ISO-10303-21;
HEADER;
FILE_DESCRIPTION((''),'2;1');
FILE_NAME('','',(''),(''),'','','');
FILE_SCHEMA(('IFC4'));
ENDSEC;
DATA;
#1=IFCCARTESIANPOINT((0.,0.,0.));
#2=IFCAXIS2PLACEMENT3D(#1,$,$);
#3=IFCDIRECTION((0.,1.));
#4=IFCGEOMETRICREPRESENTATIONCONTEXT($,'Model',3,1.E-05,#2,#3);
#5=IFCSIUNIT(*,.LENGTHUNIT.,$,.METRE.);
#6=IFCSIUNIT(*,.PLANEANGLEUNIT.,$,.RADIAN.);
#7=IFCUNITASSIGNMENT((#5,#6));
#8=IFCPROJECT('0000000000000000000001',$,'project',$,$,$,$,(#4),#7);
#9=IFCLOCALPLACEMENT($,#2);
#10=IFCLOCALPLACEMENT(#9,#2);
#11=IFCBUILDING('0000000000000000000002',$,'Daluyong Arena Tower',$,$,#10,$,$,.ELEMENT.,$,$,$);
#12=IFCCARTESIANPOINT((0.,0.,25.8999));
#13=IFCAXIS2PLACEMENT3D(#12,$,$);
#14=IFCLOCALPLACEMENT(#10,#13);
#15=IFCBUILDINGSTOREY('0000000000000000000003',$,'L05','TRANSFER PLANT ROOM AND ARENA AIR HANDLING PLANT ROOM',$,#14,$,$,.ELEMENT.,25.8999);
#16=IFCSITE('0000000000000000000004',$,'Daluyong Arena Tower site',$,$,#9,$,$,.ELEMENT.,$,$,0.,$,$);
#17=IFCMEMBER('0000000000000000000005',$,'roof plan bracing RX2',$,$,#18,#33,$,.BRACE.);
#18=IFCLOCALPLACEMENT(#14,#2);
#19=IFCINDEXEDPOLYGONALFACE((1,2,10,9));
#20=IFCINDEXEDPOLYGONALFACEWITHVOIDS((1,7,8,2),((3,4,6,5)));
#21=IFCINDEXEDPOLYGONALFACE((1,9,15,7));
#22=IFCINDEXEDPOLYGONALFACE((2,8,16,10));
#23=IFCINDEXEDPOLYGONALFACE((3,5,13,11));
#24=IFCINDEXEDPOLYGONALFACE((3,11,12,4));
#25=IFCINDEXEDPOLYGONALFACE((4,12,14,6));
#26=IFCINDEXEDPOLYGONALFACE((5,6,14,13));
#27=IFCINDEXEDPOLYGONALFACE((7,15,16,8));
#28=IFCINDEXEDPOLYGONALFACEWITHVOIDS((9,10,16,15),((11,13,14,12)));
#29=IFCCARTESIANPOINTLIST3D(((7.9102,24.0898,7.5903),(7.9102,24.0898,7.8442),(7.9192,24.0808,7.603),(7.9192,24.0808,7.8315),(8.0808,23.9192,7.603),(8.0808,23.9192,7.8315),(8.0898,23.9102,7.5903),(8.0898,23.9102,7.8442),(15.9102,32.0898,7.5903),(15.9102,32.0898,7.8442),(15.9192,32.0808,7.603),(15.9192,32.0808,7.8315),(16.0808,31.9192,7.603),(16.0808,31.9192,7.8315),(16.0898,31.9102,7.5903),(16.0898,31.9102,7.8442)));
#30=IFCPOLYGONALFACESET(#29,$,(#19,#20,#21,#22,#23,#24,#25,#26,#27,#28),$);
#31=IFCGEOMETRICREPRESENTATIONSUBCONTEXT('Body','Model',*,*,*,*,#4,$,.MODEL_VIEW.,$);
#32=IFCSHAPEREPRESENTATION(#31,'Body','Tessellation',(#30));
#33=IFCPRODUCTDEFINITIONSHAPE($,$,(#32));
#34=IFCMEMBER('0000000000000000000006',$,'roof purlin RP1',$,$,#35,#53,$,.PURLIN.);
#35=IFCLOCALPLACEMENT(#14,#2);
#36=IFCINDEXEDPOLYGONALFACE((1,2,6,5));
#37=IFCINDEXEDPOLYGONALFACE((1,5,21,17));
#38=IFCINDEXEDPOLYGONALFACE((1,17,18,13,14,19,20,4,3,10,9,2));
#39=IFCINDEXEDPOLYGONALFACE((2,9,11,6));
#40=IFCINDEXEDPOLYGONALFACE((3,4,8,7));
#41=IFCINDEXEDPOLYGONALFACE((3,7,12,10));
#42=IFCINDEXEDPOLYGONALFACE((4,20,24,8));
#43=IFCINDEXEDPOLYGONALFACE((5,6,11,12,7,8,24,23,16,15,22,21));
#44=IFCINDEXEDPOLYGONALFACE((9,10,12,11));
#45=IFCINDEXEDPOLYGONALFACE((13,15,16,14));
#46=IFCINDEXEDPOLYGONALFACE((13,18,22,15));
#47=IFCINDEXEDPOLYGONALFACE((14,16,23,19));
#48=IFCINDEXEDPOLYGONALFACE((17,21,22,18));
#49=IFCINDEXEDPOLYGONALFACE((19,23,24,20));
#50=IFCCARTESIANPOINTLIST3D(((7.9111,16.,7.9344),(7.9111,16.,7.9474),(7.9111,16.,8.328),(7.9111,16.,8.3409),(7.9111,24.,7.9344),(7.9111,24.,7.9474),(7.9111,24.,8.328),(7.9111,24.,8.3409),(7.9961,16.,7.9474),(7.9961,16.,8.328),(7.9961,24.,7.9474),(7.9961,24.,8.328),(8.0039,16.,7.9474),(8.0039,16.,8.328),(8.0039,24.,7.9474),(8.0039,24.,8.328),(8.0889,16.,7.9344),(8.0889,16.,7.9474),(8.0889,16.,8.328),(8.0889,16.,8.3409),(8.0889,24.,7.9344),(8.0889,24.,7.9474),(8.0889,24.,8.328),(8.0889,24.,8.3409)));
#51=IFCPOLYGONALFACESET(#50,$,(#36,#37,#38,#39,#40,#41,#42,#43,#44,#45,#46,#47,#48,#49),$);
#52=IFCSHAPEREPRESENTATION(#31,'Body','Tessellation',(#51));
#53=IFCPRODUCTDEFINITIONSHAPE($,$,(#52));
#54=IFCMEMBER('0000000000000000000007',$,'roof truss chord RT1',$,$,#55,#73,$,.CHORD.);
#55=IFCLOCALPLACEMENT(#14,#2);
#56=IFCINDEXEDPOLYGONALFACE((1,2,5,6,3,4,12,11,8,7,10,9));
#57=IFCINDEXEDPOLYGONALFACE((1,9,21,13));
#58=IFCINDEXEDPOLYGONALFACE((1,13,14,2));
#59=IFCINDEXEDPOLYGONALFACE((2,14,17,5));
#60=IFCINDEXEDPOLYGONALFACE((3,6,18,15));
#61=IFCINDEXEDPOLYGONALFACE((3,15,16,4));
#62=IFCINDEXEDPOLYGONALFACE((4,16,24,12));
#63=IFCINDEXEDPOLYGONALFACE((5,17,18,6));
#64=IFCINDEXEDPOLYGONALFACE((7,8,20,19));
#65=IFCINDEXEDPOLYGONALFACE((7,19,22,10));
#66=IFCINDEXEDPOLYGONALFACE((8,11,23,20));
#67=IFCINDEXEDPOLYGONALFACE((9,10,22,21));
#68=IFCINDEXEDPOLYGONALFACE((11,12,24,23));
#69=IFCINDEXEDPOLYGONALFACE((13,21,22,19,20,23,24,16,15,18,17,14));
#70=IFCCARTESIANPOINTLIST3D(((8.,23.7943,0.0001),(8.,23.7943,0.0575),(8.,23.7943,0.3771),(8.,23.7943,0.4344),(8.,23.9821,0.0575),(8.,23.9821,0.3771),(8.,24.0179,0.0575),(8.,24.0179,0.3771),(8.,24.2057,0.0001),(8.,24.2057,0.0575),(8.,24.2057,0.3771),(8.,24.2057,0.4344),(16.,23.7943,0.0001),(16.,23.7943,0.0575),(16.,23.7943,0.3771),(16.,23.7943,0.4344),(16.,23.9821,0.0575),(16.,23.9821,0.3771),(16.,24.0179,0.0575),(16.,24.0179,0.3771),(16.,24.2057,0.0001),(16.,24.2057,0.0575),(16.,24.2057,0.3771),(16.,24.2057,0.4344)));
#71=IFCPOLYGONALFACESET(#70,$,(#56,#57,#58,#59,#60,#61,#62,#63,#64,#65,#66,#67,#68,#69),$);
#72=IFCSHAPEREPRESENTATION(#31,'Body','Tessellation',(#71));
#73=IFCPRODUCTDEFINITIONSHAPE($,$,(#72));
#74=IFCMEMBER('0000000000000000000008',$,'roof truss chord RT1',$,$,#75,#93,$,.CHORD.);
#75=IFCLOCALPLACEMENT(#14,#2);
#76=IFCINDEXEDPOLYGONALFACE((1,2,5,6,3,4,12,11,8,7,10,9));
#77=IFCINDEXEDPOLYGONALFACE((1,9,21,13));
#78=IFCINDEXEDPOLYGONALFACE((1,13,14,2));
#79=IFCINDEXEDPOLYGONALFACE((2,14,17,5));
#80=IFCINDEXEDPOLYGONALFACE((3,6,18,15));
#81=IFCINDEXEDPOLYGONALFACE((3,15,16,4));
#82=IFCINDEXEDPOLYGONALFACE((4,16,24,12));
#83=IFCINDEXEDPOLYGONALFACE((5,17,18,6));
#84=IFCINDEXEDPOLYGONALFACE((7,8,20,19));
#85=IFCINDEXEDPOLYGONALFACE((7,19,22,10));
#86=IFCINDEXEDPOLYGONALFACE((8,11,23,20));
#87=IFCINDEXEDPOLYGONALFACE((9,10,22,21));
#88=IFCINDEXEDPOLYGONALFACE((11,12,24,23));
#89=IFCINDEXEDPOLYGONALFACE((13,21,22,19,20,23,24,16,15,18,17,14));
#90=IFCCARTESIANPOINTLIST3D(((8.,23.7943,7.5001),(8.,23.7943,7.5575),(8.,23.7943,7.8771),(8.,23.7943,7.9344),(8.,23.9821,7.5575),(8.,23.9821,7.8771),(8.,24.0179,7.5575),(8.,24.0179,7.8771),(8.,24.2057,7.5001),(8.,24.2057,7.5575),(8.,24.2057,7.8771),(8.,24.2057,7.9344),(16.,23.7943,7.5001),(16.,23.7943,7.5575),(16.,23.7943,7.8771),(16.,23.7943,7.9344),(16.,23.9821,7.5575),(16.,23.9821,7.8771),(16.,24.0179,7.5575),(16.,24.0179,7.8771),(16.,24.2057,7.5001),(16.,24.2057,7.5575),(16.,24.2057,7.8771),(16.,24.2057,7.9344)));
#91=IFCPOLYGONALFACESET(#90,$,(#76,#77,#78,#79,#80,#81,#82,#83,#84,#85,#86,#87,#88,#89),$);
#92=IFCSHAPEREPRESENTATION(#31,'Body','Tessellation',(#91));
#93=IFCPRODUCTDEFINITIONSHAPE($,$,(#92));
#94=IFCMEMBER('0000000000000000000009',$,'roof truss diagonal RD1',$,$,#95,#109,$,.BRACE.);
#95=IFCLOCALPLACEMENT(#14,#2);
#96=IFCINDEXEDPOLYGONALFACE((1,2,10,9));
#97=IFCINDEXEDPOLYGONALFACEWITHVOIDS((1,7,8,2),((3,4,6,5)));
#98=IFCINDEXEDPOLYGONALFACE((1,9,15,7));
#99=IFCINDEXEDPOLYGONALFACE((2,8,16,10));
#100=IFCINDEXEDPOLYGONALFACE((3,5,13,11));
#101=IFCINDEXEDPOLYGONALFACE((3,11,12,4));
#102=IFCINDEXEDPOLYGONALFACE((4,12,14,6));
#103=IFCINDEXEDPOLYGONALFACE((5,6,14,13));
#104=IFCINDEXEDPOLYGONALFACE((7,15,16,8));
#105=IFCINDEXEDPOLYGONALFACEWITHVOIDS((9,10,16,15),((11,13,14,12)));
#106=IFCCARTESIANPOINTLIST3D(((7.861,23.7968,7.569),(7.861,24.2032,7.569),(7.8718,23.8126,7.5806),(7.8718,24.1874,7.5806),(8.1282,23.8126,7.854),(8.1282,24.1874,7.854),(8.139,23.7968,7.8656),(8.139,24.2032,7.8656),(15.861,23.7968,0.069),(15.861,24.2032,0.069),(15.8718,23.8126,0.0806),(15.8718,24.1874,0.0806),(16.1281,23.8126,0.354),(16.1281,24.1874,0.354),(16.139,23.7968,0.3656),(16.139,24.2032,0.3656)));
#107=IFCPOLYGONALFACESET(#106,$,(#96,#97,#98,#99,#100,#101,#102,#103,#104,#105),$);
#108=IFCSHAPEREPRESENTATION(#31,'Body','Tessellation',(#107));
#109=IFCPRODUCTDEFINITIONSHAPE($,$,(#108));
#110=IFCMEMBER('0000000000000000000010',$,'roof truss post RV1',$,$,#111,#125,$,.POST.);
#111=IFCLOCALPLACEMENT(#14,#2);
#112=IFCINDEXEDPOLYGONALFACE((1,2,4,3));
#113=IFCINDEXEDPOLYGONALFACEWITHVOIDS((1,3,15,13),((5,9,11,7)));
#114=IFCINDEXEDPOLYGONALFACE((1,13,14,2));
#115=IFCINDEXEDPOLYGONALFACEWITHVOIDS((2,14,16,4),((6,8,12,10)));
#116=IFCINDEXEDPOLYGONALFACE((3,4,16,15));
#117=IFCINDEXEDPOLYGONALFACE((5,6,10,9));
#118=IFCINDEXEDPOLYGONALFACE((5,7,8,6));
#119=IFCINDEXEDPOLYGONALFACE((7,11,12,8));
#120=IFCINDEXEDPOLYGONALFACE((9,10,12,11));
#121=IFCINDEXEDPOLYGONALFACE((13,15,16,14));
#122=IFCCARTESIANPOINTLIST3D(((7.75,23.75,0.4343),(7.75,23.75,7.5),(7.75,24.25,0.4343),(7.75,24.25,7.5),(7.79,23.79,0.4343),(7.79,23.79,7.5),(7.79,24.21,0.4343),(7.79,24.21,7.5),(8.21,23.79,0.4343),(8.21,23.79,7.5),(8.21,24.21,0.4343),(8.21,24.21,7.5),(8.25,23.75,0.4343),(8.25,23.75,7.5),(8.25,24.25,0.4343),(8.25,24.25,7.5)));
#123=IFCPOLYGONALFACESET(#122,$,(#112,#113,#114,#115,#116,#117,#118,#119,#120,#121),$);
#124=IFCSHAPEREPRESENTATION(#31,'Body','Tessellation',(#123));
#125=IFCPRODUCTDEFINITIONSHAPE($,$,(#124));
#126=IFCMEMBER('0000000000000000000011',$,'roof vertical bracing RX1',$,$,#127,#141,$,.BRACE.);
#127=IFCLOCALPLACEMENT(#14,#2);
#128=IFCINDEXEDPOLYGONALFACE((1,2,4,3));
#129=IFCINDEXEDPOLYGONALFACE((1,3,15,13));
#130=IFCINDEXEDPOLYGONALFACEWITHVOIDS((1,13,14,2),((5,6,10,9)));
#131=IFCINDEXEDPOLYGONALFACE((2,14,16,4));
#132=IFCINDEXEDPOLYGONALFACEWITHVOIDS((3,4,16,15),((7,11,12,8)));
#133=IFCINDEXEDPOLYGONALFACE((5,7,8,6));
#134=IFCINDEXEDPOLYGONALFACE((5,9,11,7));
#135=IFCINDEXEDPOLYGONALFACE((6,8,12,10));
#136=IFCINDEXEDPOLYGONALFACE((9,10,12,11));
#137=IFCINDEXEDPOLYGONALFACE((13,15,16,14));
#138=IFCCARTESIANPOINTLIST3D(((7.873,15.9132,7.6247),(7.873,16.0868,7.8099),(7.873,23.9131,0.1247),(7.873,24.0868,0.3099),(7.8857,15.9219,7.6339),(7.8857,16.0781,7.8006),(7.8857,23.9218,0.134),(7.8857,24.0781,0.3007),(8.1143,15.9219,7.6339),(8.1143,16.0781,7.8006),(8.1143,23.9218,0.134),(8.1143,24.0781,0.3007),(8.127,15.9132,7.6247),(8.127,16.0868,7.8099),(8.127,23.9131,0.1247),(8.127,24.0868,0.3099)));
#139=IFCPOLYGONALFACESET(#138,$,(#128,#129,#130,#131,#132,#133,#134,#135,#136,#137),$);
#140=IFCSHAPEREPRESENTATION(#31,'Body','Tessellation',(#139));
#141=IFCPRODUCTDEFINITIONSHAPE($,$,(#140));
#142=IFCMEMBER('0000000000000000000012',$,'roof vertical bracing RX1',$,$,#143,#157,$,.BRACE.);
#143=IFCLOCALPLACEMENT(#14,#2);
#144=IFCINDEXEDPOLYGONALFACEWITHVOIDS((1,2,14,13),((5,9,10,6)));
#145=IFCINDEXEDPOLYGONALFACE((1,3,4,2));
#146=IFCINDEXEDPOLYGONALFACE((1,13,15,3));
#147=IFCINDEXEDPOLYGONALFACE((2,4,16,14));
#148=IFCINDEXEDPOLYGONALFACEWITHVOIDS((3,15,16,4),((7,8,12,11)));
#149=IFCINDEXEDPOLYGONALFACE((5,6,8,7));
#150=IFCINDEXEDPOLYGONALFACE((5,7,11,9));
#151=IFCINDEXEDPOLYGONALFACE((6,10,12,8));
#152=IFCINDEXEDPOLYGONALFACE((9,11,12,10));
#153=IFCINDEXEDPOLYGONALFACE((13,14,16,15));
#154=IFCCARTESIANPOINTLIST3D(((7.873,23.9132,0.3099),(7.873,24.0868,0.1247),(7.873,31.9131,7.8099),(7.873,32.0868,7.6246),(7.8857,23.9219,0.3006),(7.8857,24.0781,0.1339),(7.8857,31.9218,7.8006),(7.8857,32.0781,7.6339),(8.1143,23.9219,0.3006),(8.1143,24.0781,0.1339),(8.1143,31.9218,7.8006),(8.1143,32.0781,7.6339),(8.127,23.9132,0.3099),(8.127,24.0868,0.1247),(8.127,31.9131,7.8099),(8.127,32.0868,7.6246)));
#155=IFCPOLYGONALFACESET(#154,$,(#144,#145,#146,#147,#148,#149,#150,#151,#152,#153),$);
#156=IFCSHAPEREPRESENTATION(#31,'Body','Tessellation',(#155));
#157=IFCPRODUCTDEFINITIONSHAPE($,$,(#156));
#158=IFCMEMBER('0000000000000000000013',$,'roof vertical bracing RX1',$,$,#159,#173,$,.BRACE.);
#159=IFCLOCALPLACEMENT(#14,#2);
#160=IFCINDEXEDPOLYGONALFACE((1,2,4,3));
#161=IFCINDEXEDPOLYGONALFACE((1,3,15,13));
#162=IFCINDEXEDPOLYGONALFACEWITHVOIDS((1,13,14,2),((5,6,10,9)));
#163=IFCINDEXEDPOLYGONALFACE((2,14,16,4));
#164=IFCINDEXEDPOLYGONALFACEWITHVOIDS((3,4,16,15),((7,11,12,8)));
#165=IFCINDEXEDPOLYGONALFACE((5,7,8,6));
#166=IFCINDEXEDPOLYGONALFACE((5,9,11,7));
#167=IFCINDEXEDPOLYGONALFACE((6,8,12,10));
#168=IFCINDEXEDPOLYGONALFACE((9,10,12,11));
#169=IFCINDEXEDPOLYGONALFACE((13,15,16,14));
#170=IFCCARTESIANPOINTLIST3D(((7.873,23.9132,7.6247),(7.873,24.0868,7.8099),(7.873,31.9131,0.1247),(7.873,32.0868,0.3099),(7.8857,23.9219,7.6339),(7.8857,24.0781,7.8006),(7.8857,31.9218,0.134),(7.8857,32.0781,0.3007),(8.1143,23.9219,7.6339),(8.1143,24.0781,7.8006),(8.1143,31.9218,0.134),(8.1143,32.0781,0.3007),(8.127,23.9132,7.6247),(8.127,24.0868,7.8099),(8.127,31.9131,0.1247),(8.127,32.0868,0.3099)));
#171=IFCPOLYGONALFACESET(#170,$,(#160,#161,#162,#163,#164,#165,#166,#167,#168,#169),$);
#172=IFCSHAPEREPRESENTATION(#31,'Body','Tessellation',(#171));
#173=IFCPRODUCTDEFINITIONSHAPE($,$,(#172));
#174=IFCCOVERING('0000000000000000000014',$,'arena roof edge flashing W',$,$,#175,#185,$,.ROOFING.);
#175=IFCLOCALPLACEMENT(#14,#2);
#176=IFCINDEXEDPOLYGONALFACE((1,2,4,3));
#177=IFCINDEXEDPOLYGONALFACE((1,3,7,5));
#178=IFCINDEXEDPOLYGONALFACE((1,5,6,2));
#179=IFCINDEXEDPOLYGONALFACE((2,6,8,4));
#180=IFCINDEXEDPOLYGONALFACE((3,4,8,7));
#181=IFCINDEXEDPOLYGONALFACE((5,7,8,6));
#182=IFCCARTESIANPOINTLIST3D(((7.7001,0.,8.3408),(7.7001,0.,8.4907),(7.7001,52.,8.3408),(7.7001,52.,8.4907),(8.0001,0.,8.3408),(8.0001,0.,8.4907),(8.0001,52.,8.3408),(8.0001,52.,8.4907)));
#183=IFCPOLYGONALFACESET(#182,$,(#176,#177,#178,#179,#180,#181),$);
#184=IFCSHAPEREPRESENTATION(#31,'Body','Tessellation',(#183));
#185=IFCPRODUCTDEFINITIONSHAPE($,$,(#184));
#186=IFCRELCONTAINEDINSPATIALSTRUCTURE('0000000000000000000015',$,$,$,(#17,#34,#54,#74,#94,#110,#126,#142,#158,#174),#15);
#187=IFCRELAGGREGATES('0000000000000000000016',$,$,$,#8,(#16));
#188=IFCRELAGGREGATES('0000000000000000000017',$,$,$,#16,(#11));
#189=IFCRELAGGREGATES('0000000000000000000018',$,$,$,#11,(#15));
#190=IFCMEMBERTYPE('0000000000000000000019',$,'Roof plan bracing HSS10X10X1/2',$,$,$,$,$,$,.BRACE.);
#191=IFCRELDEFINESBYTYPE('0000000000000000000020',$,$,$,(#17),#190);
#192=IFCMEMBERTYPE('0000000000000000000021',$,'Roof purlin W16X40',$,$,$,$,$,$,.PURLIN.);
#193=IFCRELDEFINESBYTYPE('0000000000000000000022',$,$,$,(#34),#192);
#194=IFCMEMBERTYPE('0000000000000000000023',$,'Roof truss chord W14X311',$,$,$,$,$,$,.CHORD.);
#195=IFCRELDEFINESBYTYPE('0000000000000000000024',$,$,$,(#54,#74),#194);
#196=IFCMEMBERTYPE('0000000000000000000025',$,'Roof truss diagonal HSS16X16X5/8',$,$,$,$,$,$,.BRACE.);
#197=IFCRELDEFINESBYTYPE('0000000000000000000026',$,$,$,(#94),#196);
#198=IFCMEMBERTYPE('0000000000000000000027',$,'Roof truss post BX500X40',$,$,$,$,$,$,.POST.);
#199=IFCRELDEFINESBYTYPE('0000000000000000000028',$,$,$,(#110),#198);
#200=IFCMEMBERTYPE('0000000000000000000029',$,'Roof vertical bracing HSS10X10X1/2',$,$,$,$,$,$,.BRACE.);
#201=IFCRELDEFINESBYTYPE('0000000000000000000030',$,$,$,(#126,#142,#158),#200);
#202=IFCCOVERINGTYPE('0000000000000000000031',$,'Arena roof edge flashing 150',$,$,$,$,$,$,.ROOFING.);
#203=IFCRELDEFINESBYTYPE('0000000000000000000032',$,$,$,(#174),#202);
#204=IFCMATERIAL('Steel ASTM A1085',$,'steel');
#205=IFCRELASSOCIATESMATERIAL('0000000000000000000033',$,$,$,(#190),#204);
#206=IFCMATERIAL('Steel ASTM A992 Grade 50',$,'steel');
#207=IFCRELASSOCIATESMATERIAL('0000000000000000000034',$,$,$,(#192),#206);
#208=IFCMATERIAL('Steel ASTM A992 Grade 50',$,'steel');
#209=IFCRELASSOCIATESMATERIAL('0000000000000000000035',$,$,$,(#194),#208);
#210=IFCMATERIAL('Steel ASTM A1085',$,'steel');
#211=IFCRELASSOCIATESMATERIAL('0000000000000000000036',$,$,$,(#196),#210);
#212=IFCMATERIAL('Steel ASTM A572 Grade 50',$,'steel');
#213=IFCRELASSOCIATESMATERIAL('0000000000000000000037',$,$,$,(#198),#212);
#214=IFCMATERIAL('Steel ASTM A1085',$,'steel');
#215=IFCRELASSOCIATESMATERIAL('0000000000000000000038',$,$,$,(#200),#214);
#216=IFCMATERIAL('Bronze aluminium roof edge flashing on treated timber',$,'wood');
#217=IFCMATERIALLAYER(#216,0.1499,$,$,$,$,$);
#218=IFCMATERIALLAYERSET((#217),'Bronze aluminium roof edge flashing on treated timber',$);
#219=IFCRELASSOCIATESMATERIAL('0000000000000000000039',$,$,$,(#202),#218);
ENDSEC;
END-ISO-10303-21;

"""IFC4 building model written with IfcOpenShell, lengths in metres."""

from ifc_helpers import new_model, si_unit, direction, frame, origin, origin_2d, place, context, subcontext, project, spatial, rectangle, hollow_rectangle, i_section, extrude, material, layer, layer_set, material_profile, profile_set, type_object, element, save


model = new_model("IFC4")

# Units and contexts
model_context = context("Model", 3, precision=1e-05, world=origin(), true_north=direction((0.0, 1.0)))
body_context = subcontext(model_context, "Body", "Model", "MODEL_VIEW")
ifc_project = project(units=[si_unit("LENGTHUNIT", "METRE"), si_unit("PLANEANGLEUNIT", "RADIAN")], contexts=[model_context])

# Site, building, storey
site_placement = place(None, origin())
site = spatial("IfcSite", under=ifc_project, at=site_placement, Name="Daluyong Arena Tower site", CompositionType="ELEMENT", RefElevation=0.0)
building_placement = place(site_placement, origin())
building = spatial("IfcBuilding", under=site, at=building_placement, Name="Daluyong Arena Tower", CompositionType="ELEMENT")
storey_placement = place(building_placement, frame((0.0, 0.0, 25.8999)))
storey = spatial("IfcBuildingStorey", under=building, at=storey_placement, Name="L05", Description="TRANSFER PLANT ROOM AND ARENA AIR HANDLING PLANT ROOM", CompositionType="ELEMENT", Elevation=25.8999)

# Members
ifc_material_1 = material(Name="Steel ASTM A1085", Category="steel")
ifc_material_profile_1 = material_profile(ifc_material_1, hollow_rectangle(XDim=0.2539, YDim=0.2539, WallThickness=0.0127, at=origin_2d()))
ifc_profile_set_1 = profile_set([ifc_material_profile_1], Name="Steel ASTM A1085")
member_type_1 = type_object("IfcMemberType", Name="Roof plan bracing HSS10X10X1/2", PredefinedType="BRACE", material=ifc_profile_set_1)
for number, where, z_axis, x_axis, name in (
    (1, (8.0, 24.0, 7.7173), (0.707107, 0.707107, 0.0), (-0.707107, 0.707107, 0.0), "roof plan bracing RX2"),
):
    element("IfcMember", number, at=place(storey_placement, frame(where, z_axis=z_axis, x_axis=x_axis)), inside=storey, type_object=member_type_1, Name=name, PredefinedType="BRACE", context=body_context, shape_type="SweptSolid", body=[
        extrude(hollow_rectangle(XDim=0.2539, YDim=0.2539, WallThickness=0.0127, at=origin_2d()), origin(), (0.0, 0.0, 1.0), 11.3137),
    ])
ifc_material_2 = material(Name="Steel ASTM A992 Grade 50", Category="steel")
ifc_material_profile_2 = material_profile(ifc_material_2, i_section(OverallWidth=0.1777, OverallDepth=0.4065, WebThickness=0.0078, FlangeThickness=0.0129, at=origin_2d()))
ifc_profile_set_2 = profile_set([ifc_material_profile_2], Name="Steel ASTM A992 Grade 50")
member_type_2 = type_object("IfcMemberType", Name="Roof purlin W16X40", PredefinedType="PURLIN", material=ifc_profile_set_2)
member_1_placement = place(storey_placement, frame((8.0, 16.0, 8.1377), z_axis=(0.0, 1.0, 0.0), x_axis=(-1.0, 0.0, 0.0)))
element("IfcMember", 2, at=member_1_placement, inside=storey, type_object=member_type_2, Name="roof purlin RP1", PredefinedType="PURLIN", context=body_context, shape_type="SweptSolid", body=[
    extrude(i_section(OverallWidth=0.1777, OverallDepth=0.4065, WebThickness=0.0078, FlangeThickness=0.0129, at=origin_2d()), origin(), (0.0, 0.0, 1.0), 8.0),
])
ifc_material_3 = material(Name="Steel ASTM A992 Grade 50", Category="steel")
ifc_material_profile_3 = material_profile(ifc_material_3, i_section(OverallWidth=0.4114, OverallDepth=0.4343, WebThickness=0.0359, FlangeThickness=0.0574, at=origin_2d()))
ifc_profile_set_3 = profile_set([ifc_material_profile_3], Name="Steel ASTM A992 Grade 50")
member_type_3 = type_object("IfcMemberType", Name="Roof truss chord W14X311", PredefinedType="CHORD", material=ifc_profile_set_3)
for number, where, z_axis, x_axis, name in (
    (3, (8.0, 24.0, 0.2173), (1.0, 0.0, 0.0), (0.0, 1.0, 0.0), "roof truss chord RT1"),
    (4, (8.0, 24.0, 7.7173), (1.0, 0.0, 0.0), (0.0, 1.0, 0.0), "roof truss chord RT1"),
):
    element("IfcMember", number, at=place(storey_placement, frame(where, z_axis=z_axis, x_axis=x_axis)), inside=storey, type_object=member_type_3, Name=name, PredefinedType="CHORD", context=body_context, shape_type="SweptSolid", body=[
        extrude(i_section(OverallWidth=0.4114, OverallDepth=0.4343, WebThickness=0.0359, FlangeThickness=0.0574, at=origin_2d()), origin(), (0.0, 0.0, 1.0), 8.0),
    ])
ifc_material_4 = material(Name="Steel ASTM A1085", Category="steel")
ifc_material_profile_4 = material_profile(ifc_material_4, hollow_rectangle(XDim=0.4065, YDim=0.4065, WallThickness=0.0159, at=origin_2d()))
ifc_profile_set_4 = profile_set([ifc_material_profile_4], Name="Steel ASTM A1085")
member_type_4 = type_object("IfcMemberType", Name="Roof truss diagonal HSS16X16X5/8", PredefinedType="BRACE", material=ifc_profile_set_4)
member_2_placement = place(storey_placement, frame((8.0, 24.0, 7.7173), z_axis=(0.729537, 0.0, -0.683941), x_axis=(0.0, 1.0, 0.0)))
element("IfcMember", 5, at=member_2_placement, inside=storey, type_object=member_type_4, Name="roof truss diagonal RD1", PredefinedType="BRACE", context=body_context, shape_type="SweptSolid", body=[
    extrude(hollow_rectangle(XDim=0.4065, YDim=0.4065, WallThickness=0.0159, at=origin_2d()), origin(), (0.0, 0.0, 1.0), 10.9658),
])
ifc_material_5 = material(Name="Steel ASTM A572 Grade 50", Category="steel")
ifc_material_profile_5 = material_profile(ifc_material_5, hollow_rectangle(XDim=0.5, YDim=0.5, WallThickness=0.04, at=origin_2d()))
ifc_profile_set_5 = profile_set([ifc_material_profile_5], Name="Steel ASTM A572 Grade 50")
member_type_5 = type_object("IfcMemberType", Name="Roof truss post BX500X40", PredefinedType="POST", material=ifc_profile_set_5)
member_3_placement = place(storey_placement, frame((8.0, 24.0, 0.4343), z_axis=(0.0, 0.0, 1.0), x_axis=(1.0, 0.0, 0.0)))
element("IfcMember", 6, at=member_3_placement, inside=storey, type_object=member_type_5, Name="roof truss post RV1", PredefinedType="POST", context=body_context, shape_type="SweptSolid", body=[
    extrude(hollow_rectangle(XDim=0.5, YDim=0.5, WallThickness=0.04, at=origin_2d()), origin(), (0.0, 0.0, 1.0), 7.0657),
])
ifc_material_6 = material(Name="Steel ASTM A1085", Category="steel")
ifc_material_profile_6 = material_profile(ifc_material_6, hollow_rectangle(XDim=0.2539, YDim=0.2539, WallThickness=0.0127, at=origin_2d()))
ifc_profile_set_6 = profile_set([ifc_material_profile_6], Name="Steel ASTM A1085")
member_type_6 = type_object("IfcMemberType", Name="Roof vertical bracing HSS10X10X1/2", PredefinedType="BRACE", material=ifc_profile_set_6)
for number, where, z_axis, x_axis, name in (
    (7, (8.0, 16.0, 7.7173), (0.0, 0.729537, -0.683941), (-1.0, 0.0, 0.0), "roof vertical bracing RX1"),
    (8, (8.0, 24.0, 0.2173), (0.0, 0.729537, 0.683941), (-1.0, 0.0, 0.0), "roof vertical bracing RX1"),
    (9, (8.0, 24.0, 7.7173), (0.0, 0.729537, -0.683941), (-1.0, 0.0, 0.0), "roof vertical bracing RX1"),
):
    element("IfcMember", number, at=place(storey_placement, frame(where, z_axis=z_axis, x_axis=x_axis)), inside=storey, type_object=member_type_6, Name=name, PredefinedType="BRACE", context=body_context, shape_type="SweptSolid", body=[
        extrude(hollow_rectangle(XDim=0.2539, YDim=0.2539, WallThickness=0.0127, at=origin_2d()), origin(), (0.0, 0.0, 1.0), 10.9658),
    ])

# Covering
ifc_material_7 = material(Name="Bronze aluminium roof edge flashing on treated timber", Category="wood")
ifc_layer = layer(ifc_material_7, 0.1499)
ifc_layer_set = layer_set([ifc_layer], Name="Bronze aluminium roof edge flashing on treated timber")
covering_type = type_object("IfcCoveringType", Name="Arena roof edge flashing 150", PredefinedType="ROOFING", material=ifc_layer_set)
covering_placement = place(storey_placement, frame((7.8501, 26.0, 8.3408), z_axis=(0.0, 0.0, 1.0), x_axis=(1.0, 0.0, 0.0)))
element("IfcCovering", 10, at=covering_placement, inside=storey, type_object=covering_type, Name="arena roof edge flashing W", PredefinedType="ROOFING", context=body_context, shape_type="SweptSolid", body=[
    extrude(rectangle(XDim=0.3, YDim=52.0, at=origin_2d()), origin(), (0.0, 0.0, 1.0), 0.1499),
])

save(model, "model.ifc")
